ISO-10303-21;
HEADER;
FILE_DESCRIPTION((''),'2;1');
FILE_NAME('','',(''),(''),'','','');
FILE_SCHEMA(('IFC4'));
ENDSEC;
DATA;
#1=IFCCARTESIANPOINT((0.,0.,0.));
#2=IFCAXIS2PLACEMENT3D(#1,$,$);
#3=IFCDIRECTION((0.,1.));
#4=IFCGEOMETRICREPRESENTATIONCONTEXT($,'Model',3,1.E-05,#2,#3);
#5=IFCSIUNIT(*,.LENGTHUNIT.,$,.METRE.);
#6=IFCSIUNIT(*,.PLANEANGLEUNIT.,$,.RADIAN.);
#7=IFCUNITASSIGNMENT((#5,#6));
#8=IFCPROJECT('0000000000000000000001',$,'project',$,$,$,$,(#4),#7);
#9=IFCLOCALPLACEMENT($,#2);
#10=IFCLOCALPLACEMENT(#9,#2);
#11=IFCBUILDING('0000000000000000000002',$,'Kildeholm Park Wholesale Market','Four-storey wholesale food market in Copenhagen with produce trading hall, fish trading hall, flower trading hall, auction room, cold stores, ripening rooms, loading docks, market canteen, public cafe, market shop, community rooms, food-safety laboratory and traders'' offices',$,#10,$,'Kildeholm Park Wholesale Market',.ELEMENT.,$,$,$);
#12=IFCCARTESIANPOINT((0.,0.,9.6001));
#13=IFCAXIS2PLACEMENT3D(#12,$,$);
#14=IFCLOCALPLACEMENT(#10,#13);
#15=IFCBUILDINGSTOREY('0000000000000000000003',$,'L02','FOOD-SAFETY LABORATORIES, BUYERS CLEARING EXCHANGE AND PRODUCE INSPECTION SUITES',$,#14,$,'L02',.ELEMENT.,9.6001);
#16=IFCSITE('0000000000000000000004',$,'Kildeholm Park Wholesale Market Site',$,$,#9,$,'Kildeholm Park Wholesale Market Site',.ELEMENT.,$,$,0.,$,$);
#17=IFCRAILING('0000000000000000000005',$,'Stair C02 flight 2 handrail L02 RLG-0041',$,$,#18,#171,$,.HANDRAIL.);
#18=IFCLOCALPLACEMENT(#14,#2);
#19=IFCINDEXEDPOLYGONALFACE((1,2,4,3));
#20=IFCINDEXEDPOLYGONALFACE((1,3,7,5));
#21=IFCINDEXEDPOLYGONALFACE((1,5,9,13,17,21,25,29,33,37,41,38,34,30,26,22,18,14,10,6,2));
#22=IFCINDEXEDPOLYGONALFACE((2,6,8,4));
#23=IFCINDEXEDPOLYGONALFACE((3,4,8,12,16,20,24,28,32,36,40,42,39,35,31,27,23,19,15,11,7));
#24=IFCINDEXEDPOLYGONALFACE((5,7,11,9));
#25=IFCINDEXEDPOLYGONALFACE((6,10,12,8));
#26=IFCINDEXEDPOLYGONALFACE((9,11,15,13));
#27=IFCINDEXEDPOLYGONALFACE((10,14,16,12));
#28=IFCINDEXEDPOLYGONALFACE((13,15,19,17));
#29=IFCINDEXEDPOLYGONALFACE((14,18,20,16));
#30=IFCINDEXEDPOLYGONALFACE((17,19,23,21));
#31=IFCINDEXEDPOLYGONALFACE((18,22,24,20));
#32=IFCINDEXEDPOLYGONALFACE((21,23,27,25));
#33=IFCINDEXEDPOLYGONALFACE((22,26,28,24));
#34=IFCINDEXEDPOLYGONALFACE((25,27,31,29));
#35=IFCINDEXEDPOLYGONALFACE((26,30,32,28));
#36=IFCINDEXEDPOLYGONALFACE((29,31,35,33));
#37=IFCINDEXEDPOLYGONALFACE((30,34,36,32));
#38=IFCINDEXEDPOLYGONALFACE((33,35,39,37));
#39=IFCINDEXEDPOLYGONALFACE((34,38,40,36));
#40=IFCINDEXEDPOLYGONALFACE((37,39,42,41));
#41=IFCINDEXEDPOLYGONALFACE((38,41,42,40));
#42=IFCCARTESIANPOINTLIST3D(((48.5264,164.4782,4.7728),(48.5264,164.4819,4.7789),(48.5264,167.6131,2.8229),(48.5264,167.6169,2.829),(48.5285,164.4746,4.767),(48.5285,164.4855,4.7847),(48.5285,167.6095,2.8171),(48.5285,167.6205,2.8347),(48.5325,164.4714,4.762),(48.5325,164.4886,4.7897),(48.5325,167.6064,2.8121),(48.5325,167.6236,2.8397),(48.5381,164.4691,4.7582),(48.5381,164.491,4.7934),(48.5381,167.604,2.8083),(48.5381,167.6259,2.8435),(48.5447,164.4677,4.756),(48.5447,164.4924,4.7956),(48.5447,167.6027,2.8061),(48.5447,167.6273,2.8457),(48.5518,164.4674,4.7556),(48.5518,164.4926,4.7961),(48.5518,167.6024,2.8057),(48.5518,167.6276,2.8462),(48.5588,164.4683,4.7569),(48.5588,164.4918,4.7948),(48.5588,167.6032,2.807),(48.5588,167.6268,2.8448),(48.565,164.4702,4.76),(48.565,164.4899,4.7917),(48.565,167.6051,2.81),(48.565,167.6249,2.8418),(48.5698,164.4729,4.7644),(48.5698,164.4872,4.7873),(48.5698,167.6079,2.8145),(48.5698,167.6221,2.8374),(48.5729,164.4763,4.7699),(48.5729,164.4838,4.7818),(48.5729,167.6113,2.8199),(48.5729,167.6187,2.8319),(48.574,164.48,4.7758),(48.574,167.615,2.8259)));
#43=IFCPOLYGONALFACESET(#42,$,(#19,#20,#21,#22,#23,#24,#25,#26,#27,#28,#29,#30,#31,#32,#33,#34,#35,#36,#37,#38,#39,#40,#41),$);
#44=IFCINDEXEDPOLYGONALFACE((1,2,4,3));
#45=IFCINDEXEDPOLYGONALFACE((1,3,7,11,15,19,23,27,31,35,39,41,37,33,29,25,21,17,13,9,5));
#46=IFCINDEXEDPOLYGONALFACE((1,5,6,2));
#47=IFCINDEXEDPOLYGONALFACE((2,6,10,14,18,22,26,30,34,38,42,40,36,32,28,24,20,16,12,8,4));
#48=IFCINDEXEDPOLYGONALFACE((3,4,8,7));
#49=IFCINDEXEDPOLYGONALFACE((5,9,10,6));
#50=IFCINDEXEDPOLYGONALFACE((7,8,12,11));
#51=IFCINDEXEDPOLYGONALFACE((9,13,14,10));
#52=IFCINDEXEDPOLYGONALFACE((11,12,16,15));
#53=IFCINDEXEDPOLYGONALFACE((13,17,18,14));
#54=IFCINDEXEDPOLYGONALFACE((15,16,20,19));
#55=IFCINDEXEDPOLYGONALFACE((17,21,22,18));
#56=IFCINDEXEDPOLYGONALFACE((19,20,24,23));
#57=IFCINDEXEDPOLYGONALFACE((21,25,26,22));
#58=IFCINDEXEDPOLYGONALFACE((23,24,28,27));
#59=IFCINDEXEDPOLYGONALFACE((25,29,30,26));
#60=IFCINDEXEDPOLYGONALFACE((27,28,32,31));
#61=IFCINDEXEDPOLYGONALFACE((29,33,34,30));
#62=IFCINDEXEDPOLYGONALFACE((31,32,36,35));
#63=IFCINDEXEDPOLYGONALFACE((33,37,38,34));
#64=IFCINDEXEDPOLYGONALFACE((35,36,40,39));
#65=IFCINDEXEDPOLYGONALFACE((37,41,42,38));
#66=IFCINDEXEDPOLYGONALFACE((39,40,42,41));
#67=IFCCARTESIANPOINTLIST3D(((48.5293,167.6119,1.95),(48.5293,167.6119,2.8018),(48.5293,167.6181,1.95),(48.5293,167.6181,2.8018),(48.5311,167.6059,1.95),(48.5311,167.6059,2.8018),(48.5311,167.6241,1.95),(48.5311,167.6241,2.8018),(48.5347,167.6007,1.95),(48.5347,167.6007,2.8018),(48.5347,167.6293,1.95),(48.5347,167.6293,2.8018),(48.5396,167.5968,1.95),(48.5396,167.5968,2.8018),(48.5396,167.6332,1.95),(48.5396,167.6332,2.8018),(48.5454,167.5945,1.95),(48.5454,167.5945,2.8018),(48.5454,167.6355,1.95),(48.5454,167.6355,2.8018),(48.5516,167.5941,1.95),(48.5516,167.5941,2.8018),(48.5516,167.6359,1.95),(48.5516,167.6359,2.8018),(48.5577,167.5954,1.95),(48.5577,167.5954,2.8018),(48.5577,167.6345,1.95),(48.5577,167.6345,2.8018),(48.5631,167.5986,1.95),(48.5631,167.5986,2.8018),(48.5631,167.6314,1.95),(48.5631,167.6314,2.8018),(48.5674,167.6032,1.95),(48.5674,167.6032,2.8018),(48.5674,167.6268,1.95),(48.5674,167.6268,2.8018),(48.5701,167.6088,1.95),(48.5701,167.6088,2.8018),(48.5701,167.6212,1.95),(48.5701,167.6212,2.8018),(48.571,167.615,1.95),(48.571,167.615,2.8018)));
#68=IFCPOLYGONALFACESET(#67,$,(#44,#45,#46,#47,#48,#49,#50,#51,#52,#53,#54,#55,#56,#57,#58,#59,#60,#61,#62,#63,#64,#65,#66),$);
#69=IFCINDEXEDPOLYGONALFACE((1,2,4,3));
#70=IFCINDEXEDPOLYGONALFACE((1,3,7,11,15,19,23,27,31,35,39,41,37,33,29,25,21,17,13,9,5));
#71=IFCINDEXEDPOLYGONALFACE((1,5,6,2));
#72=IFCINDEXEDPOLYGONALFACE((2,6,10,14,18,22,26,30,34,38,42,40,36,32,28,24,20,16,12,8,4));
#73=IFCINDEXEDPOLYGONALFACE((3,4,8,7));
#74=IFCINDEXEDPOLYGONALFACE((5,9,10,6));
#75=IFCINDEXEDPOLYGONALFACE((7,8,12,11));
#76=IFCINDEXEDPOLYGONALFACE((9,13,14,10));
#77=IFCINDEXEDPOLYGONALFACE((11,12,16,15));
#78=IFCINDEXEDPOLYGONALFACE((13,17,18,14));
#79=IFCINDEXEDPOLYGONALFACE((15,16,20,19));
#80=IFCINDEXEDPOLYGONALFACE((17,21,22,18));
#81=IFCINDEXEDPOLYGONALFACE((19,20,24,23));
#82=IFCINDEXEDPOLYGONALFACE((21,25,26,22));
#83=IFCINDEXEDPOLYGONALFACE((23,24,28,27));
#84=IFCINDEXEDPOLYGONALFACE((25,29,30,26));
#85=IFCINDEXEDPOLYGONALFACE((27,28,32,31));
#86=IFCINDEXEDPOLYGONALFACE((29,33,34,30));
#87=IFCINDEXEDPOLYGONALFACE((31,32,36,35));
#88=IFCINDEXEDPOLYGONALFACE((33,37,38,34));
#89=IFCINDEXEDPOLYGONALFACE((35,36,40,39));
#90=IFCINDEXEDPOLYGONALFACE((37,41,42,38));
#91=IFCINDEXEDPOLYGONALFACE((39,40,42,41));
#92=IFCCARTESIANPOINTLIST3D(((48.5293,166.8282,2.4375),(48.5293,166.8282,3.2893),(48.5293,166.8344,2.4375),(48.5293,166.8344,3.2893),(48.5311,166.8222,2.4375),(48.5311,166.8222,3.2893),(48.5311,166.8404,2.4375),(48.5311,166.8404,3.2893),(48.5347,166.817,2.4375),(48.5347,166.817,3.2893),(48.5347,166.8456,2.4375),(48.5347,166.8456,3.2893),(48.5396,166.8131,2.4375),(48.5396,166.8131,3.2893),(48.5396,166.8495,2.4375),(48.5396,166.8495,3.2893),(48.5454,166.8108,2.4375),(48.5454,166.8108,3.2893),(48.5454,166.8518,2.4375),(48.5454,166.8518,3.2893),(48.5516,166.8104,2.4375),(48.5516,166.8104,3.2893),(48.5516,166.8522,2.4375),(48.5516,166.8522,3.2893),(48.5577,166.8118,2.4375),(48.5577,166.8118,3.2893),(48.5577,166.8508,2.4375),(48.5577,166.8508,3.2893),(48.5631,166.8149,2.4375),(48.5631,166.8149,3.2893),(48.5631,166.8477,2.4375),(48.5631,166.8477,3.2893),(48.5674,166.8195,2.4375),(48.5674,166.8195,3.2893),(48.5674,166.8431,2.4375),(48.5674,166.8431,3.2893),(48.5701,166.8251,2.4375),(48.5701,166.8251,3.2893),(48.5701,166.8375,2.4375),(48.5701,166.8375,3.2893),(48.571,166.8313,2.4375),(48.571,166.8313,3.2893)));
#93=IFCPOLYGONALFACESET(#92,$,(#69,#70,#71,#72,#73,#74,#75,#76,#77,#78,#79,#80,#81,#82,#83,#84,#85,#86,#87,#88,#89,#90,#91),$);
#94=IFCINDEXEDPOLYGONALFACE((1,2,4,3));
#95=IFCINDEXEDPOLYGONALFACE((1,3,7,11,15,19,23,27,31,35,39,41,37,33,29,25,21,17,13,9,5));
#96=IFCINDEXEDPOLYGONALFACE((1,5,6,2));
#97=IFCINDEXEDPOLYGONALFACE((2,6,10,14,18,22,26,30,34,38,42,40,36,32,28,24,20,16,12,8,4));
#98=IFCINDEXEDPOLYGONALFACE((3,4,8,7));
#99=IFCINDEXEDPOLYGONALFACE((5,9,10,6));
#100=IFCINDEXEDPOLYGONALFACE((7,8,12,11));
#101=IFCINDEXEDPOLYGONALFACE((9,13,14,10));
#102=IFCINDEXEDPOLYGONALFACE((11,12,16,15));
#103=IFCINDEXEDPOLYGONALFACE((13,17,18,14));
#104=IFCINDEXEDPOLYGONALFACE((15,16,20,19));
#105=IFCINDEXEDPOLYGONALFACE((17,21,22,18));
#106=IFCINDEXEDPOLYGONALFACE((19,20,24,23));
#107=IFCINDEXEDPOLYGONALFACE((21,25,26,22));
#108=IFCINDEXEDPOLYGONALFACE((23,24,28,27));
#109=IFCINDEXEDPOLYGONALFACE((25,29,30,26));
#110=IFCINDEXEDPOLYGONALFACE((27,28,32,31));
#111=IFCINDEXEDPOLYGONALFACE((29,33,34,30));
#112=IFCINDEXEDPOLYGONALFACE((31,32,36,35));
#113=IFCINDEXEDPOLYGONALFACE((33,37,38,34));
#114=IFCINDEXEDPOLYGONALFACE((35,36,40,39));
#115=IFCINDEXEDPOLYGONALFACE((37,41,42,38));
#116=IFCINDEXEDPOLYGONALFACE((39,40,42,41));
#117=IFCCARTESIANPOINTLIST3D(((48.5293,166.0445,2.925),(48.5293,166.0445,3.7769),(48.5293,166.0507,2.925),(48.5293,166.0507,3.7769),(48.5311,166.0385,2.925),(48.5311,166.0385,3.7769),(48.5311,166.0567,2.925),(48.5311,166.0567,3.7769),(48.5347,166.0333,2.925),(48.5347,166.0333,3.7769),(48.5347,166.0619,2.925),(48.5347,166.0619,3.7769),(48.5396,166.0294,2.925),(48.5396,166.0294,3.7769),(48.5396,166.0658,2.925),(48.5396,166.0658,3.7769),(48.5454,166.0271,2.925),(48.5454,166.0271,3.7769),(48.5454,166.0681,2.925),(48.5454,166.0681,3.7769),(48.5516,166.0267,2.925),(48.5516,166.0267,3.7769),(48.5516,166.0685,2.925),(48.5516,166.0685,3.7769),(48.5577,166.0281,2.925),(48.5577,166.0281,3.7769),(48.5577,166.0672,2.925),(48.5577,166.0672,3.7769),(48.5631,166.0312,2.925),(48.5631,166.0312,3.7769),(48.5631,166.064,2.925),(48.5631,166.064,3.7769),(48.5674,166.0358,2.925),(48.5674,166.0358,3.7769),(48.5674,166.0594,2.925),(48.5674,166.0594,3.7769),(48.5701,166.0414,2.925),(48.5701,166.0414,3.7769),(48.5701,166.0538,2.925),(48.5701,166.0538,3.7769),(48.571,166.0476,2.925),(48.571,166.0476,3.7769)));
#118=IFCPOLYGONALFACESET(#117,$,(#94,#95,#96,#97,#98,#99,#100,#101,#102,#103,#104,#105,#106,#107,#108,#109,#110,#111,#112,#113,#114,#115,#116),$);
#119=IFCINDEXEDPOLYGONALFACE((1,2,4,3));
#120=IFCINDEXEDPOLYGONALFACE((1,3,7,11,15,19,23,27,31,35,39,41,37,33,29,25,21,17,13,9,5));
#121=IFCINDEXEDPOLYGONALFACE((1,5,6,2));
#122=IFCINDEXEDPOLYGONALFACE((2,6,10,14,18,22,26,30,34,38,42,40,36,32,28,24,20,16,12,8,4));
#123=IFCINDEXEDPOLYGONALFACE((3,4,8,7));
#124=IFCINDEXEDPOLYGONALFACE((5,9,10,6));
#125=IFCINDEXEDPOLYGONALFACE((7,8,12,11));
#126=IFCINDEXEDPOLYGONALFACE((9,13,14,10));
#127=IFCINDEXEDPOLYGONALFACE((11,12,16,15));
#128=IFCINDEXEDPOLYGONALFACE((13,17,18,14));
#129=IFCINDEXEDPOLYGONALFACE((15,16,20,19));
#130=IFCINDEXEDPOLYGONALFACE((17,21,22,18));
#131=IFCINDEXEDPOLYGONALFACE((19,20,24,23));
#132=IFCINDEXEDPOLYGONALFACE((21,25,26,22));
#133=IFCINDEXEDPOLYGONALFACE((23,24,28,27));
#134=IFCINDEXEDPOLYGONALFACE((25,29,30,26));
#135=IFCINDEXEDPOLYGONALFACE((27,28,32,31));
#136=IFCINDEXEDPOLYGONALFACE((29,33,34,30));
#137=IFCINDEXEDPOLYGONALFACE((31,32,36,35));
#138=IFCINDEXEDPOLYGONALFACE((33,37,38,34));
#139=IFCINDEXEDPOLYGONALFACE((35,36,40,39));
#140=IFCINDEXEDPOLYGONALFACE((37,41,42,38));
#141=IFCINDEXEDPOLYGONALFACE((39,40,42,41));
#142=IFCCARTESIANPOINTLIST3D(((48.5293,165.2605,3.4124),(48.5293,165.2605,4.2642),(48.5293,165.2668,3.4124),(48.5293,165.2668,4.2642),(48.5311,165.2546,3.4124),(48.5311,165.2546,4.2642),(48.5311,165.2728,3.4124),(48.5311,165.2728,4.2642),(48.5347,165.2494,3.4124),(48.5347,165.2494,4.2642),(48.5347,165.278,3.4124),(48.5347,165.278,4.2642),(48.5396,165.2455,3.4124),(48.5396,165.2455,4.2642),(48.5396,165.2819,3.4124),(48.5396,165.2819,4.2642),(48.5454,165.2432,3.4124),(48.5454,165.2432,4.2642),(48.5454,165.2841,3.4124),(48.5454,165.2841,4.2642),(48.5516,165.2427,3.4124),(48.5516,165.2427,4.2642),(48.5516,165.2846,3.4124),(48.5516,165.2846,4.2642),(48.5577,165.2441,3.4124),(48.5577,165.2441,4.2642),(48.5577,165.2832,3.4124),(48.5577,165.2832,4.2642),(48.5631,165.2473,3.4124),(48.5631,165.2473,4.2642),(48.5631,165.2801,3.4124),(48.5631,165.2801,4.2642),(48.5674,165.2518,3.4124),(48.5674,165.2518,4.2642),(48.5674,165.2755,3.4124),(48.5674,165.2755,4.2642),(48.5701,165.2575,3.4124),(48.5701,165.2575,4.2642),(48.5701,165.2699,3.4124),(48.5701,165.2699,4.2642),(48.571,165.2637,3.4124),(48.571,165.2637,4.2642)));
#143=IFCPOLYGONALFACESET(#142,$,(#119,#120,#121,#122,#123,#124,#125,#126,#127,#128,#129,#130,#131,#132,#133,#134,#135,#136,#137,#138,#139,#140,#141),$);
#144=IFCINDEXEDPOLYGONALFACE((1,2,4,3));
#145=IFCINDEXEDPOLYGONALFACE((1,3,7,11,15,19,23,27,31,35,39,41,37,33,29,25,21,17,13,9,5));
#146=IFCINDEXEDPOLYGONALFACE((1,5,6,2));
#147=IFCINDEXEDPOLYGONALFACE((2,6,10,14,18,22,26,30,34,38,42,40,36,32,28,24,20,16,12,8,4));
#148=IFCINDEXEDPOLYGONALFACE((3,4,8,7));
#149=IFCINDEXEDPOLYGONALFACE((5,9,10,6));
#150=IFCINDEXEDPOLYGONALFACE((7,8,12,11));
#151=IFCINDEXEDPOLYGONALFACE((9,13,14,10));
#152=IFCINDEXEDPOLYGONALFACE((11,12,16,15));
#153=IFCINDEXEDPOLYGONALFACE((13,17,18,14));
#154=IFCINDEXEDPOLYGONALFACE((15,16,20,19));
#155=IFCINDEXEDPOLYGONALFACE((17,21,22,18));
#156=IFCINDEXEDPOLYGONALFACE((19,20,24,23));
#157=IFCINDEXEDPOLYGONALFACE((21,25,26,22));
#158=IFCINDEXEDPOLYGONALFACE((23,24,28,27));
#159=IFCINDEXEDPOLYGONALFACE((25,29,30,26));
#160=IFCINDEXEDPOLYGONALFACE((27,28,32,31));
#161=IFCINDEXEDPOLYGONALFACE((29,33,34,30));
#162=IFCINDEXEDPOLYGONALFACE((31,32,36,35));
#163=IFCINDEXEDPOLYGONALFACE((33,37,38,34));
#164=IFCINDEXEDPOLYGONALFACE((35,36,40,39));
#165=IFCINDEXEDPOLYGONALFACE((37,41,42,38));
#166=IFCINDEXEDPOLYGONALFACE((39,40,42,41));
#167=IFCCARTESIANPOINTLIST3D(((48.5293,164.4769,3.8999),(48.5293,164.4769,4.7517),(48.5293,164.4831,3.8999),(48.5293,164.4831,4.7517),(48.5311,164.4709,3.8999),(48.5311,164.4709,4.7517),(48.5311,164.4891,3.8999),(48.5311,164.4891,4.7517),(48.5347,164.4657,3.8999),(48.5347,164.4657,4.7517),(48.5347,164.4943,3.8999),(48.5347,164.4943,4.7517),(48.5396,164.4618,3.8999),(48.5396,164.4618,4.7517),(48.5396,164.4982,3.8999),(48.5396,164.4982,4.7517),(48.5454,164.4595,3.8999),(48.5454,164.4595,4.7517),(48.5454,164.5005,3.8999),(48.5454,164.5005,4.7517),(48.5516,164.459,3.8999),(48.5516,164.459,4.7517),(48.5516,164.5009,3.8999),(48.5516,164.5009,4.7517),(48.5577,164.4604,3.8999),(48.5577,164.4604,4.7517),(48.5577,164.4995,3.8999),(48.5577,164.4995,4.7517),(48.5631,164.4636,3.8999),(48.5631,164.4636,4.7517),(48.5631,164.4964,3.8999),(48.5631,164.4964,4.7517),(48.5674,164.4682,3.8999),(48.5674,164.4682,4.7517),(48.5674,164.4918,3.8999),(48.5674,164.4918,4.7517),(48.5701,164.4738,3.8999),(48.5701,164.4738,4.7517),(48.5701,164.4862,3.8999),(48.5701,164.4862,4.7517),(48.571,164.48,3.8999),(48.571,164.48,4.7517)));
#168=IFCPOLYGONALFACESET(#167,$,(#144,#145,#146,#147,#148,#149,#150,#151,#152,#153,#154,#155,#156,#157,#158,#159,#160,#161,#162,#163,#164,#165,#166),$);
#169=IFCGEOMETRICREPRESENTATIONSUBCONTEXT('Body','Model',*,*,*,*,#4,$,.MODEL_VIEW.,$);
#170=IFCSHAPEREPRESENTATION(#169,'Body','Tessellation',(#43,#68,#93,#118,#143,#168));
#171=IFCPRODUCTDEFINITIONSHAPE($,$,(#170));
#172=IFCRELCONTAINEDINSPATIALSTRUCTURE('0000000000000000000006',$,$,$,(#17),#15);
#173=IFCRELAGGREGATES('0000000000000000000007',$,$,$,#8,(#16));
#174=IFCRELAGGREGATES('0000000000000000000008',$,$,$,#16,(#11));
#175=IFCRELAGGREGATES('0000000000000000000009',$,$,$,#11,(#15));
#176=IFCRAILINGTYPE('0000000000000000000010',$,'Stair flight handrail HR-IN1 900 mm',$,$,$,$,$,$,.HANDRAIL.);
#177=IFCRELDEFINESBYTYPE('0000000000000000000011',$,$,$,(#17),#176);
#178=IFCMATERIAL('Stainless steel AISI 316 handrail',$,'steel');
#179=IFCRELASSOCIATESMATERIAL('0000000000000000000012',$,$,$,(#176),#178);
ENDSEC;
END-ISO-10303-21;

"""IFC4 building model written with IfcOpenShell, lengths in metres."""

from ifc_helpers import new_model, si_unit, direction, frame, origin, origin_2d, place, context, subcontext, project, spatial, circle, extrude, material, type_object, element, save


model = new_model("IFC4")

# Units and contexts
model_context = context("Model", 3, precision=1e-05, world=origin(), true_north=direction((0.0, 1.0)))
body_context = subcontext(model_context, "Body", "Model", "MODEL_VIEW")
ifc_project = project(units=[si_unit("LENGTHUNIT", "METRE"), si_unit("PLANEANGLEUNIT", "RADIAN")], contexts=[model_context])

# Site, building, storey
site_placement = place(None, origin())
site = spatial("IfcSite", under=ifc_project, at=site_placement, Name="Kildeholm Park Wholesale Market Site", LongName="Kildeholm Park Wholesale Market Site", CompositionType="ELEMENT", RefElevation=0.0)
building_placement = place(site_placement, origin())
building = spatial("IfcBuilding", under=site, at=building_placement, Name="Kildeholm Park Wholesale Market", Description="Four-storey wholesale food market in Copenhagen with produce trading hall, fish trading hall, flower trading hall, auction room, cold stores, ripening rooms, loading docks, market canteen, public cafe, market shop, community rooms, food-safety laboratory and traders' offices", LongName="Kildeholm Park Wholesale Market", CompositionType="ELEMENT")
storey_placement = place(building_placement, frame((0.0, 0.0, 9.6001)))
storey = spatial("IfcBuildingStorey", under=building, at=storey_placement, Name="L02", Description="FOOD-SAFETY LABORATORIES, BUYERS CLEARING EXCHANGE AND PRODUCE INSPECTION SUITES", LongName="L02", CompositionType="ELEMENT", Elevation=9.6001)

# Railing
ifc_material_1 = material(Name="Stainless steel AISI 316 handrail", Category="steel")
railing_type = type_object("IfcRailingType", Name="Stair flight handrail HR-IN1 900 mm", PredefinedType="HANDRAIL", material=ifc_material_1)
railing_placement = place(storey_placement, frame((48.55, 167.615, 1.95)))
element("IfcRailing", 1, at=railing_placement, inside=storey, type_object=railing_type, Name="Stair C02 flight 2 handrail L02 RLG-0041", PredefinedType="HANDRAIL", context=body_context, shape_type="SweptSolid", body=[
    extrude(circle(Radius=0.0239, at=origin_2d()), frame((0.0, 0.0, 0.876), z_axis=(0.0, -0.849144, 0.528161), x_axis=(1.0, 0.0, 0.0)), (0.0, 0.0, 1.0), 3.6919),
    extrude(circle(Radius=0.021, at=origin_2d()), origin(), (0.0, 0.0, 1.0), 0.8518),
    extrude(circle(Radius=0.021, at=origin_2d()), frame((0.0, -0.7837, 0.4875)), (0.0, 0.0, 1.0), 0.8518),
    extrude(circle(Radius=0.021, at=origin_2d()), frame((0.0, -1.5674, 0.9751)), (0.0, 0.0, 1.0), 0.8518),
    extrude(circle(Radius=0.021, at=origin_2d()), frame((0.0, -2.3513, 1.4624)), (0.0, 0.0, 1.0), 0.8518),
    extrude(circle(Radius=0.021, at=origin_2d()), frame((0.0, -3.135, 1.95)), (0.0, 0.0, 1.0), 0.8518),
])

save(model, "model.ifc")
